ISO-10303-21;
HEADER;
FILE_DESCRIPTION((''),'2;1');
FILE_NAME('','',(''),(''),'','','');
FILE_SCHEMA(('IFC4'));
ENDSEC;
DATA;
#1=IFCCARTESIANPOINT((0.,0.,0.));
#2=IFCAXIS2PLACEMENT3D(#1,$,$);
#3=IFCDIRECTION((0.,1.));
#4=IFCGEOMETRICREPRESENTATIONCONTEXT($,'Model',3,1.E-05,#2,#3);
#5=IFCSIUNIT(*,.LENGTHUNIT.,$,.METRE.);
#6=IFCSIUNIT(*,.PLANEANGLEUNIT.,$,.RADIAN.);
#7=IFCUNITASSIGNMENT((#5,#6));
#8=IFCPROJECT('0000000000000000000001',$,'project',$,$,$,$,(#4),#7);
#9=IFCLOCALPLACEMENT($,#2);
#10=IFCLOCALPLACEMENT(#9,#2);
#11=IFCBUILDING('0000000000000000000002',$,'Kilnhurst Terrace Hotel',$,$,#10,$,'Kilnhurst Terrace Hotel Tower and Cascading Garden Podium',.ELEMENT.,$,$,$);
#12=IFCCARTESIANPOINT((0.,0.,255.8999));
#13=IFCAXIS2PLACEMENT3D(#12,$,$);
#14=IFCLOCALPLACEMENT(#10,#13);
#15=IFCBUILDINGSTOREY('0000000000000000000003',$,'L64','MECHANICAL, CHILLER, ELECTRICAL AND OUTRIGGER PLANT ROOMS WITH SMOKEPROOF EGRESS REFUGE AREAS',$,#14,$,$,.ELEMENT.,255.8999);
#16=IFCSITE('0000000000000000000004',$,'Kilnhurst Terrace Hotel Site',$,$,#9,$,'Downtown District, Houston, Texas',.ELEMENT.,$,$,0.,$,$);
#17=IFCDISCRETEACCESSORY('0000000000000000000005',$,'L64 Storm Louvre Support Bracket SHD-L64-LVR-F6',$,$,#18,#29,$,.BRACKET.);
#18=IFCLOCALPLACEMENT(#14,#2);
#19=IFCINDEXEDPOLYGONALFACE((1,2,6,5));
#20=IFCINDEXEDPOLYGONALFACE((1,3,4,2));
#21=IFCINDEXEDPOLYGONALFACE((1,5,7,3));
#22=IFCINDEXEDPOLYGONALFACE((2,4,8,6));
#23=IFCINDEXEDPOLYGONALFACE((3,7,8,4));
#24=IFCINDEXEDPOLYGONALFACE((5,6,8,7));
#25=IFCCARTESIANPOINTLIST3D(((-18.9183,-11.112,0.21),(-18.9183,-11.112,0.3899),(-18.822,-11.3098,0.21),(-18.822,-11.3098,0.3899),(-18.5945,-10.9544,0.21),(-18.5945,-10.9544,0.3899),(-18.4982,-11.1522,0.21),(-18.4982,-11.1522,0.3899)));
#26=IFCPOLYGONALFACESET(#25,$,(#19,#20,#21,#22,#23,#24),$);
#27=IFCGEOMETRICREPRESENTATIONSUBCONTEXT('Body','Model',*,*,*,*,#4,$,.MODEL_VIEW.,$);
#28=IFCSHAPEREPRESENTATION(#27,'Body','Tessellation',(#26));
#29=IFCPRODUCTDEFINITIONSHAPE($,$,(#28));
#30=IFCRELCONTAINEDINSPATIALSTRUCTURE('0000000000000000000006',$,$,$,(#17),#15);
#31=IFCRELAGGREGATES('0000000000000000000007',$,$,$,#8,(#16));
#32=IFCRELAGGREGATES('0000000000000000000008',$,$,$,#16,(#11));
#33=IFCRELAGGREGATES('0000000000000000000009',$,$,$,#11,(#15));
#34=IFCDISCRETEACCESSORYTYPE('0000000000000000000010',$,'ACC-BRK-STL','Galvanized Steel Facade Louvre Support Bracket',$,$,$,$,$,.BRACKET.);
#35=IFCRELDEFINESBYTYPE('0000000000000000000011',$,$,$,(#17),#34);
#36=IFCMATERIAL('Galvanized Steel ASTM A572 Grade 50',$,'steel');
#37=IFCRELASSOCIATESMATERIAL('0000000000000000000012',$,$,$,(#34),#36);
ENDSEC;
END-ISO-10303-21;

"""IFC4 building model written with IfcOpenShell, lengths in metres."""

from ifc_helpers import new_model, si_unit, direction, frame, origin, origin_2d, place, context, subcontext, project, spatial, rectangle, extrude, material, type_object, element, save


model = new_model("IFC4")

# Units and contexts
model_context = context("Model", 3, precision=1e-05, world=origin(), true_north=direction((0.0, 1.0)))
body_context = subcontext(model_context, "Body", "Model", "MODEL_VIEW")
ifc_project = project(units=[si_unit("LENGTHUNIT", "METRE"), si_unit("PLANEANGLEUNIT", "RADIAN")], contexts=[model_context])

# Site, building, storey
site_placement = place(None, origin())
site = spatial("IfcSite", under=ifc_project, at=site_placement, Name="Kilnhurst Terrace Hotel Site", LongName="Downtown District, Houston, Texas", CompositionType="ELEMENT", RefElevation=0.0)
building_placement = place(site_placement, origin())
building = spatial("IfcBuilding", under=site, at=building_placement, Name="Kilnhurst Terrace Hotel", LongName="Kilnhurst Terrace Hotel Tower and Cascading Garden Podium", CompositionType="ELEMENT")
storey_placement = place(building_placement, frame((0.0, 0.0, 255.8999)))
storey = spatial("IfcBuildingStorey", under=building, at=storey_placement, Name="L64", Description="MECHANICAL, CHILLER, ELECTRICAL AND OUTRIGGER PLANT ROOMS WITH SMOKEPROOF EGRESS REFUGE AREAS", CompositionType="ELEMENT", Elevation=255.8999)

# Discrete accessory
ifc_material_1 = material(Name="Galvanized Steel ASTM A572 Grade 50", Category="steel")
discrete_accessory_type = type_object("IfcDiscreteAccessoryType", Name="ACC-BRK-STL", Description="Galvanized Steel Facade Louvre Support Bracket", PredefinedType="BRACKET", material=ifc_material_1)
discrete_accessory_placement = place(storey_placement, frame((-18.7083, -11.1321, 0.21), z_axis=(0.0, 0.0, 1.0), x_axis=(0.437744, -0.8991, 0.0)))
element("IfcDiscreteAccessory", 1, at=discrete_accessory_placement, inside=storey, type_object=discrete_accessory_type, Name="L64 Storm Louvre Support Bracket SHD-L64-LVR-F6", PredefinedType="BRACKET", context=body_context, shape_type="SweptSolid", body=[
    extrude(rectangle(XDim=0.22, YDim=0.3601, at=origin_2d()), origin(), (0.0, 0.0, 1.0), 0.1799),
])

save(model, "model.ifc")
